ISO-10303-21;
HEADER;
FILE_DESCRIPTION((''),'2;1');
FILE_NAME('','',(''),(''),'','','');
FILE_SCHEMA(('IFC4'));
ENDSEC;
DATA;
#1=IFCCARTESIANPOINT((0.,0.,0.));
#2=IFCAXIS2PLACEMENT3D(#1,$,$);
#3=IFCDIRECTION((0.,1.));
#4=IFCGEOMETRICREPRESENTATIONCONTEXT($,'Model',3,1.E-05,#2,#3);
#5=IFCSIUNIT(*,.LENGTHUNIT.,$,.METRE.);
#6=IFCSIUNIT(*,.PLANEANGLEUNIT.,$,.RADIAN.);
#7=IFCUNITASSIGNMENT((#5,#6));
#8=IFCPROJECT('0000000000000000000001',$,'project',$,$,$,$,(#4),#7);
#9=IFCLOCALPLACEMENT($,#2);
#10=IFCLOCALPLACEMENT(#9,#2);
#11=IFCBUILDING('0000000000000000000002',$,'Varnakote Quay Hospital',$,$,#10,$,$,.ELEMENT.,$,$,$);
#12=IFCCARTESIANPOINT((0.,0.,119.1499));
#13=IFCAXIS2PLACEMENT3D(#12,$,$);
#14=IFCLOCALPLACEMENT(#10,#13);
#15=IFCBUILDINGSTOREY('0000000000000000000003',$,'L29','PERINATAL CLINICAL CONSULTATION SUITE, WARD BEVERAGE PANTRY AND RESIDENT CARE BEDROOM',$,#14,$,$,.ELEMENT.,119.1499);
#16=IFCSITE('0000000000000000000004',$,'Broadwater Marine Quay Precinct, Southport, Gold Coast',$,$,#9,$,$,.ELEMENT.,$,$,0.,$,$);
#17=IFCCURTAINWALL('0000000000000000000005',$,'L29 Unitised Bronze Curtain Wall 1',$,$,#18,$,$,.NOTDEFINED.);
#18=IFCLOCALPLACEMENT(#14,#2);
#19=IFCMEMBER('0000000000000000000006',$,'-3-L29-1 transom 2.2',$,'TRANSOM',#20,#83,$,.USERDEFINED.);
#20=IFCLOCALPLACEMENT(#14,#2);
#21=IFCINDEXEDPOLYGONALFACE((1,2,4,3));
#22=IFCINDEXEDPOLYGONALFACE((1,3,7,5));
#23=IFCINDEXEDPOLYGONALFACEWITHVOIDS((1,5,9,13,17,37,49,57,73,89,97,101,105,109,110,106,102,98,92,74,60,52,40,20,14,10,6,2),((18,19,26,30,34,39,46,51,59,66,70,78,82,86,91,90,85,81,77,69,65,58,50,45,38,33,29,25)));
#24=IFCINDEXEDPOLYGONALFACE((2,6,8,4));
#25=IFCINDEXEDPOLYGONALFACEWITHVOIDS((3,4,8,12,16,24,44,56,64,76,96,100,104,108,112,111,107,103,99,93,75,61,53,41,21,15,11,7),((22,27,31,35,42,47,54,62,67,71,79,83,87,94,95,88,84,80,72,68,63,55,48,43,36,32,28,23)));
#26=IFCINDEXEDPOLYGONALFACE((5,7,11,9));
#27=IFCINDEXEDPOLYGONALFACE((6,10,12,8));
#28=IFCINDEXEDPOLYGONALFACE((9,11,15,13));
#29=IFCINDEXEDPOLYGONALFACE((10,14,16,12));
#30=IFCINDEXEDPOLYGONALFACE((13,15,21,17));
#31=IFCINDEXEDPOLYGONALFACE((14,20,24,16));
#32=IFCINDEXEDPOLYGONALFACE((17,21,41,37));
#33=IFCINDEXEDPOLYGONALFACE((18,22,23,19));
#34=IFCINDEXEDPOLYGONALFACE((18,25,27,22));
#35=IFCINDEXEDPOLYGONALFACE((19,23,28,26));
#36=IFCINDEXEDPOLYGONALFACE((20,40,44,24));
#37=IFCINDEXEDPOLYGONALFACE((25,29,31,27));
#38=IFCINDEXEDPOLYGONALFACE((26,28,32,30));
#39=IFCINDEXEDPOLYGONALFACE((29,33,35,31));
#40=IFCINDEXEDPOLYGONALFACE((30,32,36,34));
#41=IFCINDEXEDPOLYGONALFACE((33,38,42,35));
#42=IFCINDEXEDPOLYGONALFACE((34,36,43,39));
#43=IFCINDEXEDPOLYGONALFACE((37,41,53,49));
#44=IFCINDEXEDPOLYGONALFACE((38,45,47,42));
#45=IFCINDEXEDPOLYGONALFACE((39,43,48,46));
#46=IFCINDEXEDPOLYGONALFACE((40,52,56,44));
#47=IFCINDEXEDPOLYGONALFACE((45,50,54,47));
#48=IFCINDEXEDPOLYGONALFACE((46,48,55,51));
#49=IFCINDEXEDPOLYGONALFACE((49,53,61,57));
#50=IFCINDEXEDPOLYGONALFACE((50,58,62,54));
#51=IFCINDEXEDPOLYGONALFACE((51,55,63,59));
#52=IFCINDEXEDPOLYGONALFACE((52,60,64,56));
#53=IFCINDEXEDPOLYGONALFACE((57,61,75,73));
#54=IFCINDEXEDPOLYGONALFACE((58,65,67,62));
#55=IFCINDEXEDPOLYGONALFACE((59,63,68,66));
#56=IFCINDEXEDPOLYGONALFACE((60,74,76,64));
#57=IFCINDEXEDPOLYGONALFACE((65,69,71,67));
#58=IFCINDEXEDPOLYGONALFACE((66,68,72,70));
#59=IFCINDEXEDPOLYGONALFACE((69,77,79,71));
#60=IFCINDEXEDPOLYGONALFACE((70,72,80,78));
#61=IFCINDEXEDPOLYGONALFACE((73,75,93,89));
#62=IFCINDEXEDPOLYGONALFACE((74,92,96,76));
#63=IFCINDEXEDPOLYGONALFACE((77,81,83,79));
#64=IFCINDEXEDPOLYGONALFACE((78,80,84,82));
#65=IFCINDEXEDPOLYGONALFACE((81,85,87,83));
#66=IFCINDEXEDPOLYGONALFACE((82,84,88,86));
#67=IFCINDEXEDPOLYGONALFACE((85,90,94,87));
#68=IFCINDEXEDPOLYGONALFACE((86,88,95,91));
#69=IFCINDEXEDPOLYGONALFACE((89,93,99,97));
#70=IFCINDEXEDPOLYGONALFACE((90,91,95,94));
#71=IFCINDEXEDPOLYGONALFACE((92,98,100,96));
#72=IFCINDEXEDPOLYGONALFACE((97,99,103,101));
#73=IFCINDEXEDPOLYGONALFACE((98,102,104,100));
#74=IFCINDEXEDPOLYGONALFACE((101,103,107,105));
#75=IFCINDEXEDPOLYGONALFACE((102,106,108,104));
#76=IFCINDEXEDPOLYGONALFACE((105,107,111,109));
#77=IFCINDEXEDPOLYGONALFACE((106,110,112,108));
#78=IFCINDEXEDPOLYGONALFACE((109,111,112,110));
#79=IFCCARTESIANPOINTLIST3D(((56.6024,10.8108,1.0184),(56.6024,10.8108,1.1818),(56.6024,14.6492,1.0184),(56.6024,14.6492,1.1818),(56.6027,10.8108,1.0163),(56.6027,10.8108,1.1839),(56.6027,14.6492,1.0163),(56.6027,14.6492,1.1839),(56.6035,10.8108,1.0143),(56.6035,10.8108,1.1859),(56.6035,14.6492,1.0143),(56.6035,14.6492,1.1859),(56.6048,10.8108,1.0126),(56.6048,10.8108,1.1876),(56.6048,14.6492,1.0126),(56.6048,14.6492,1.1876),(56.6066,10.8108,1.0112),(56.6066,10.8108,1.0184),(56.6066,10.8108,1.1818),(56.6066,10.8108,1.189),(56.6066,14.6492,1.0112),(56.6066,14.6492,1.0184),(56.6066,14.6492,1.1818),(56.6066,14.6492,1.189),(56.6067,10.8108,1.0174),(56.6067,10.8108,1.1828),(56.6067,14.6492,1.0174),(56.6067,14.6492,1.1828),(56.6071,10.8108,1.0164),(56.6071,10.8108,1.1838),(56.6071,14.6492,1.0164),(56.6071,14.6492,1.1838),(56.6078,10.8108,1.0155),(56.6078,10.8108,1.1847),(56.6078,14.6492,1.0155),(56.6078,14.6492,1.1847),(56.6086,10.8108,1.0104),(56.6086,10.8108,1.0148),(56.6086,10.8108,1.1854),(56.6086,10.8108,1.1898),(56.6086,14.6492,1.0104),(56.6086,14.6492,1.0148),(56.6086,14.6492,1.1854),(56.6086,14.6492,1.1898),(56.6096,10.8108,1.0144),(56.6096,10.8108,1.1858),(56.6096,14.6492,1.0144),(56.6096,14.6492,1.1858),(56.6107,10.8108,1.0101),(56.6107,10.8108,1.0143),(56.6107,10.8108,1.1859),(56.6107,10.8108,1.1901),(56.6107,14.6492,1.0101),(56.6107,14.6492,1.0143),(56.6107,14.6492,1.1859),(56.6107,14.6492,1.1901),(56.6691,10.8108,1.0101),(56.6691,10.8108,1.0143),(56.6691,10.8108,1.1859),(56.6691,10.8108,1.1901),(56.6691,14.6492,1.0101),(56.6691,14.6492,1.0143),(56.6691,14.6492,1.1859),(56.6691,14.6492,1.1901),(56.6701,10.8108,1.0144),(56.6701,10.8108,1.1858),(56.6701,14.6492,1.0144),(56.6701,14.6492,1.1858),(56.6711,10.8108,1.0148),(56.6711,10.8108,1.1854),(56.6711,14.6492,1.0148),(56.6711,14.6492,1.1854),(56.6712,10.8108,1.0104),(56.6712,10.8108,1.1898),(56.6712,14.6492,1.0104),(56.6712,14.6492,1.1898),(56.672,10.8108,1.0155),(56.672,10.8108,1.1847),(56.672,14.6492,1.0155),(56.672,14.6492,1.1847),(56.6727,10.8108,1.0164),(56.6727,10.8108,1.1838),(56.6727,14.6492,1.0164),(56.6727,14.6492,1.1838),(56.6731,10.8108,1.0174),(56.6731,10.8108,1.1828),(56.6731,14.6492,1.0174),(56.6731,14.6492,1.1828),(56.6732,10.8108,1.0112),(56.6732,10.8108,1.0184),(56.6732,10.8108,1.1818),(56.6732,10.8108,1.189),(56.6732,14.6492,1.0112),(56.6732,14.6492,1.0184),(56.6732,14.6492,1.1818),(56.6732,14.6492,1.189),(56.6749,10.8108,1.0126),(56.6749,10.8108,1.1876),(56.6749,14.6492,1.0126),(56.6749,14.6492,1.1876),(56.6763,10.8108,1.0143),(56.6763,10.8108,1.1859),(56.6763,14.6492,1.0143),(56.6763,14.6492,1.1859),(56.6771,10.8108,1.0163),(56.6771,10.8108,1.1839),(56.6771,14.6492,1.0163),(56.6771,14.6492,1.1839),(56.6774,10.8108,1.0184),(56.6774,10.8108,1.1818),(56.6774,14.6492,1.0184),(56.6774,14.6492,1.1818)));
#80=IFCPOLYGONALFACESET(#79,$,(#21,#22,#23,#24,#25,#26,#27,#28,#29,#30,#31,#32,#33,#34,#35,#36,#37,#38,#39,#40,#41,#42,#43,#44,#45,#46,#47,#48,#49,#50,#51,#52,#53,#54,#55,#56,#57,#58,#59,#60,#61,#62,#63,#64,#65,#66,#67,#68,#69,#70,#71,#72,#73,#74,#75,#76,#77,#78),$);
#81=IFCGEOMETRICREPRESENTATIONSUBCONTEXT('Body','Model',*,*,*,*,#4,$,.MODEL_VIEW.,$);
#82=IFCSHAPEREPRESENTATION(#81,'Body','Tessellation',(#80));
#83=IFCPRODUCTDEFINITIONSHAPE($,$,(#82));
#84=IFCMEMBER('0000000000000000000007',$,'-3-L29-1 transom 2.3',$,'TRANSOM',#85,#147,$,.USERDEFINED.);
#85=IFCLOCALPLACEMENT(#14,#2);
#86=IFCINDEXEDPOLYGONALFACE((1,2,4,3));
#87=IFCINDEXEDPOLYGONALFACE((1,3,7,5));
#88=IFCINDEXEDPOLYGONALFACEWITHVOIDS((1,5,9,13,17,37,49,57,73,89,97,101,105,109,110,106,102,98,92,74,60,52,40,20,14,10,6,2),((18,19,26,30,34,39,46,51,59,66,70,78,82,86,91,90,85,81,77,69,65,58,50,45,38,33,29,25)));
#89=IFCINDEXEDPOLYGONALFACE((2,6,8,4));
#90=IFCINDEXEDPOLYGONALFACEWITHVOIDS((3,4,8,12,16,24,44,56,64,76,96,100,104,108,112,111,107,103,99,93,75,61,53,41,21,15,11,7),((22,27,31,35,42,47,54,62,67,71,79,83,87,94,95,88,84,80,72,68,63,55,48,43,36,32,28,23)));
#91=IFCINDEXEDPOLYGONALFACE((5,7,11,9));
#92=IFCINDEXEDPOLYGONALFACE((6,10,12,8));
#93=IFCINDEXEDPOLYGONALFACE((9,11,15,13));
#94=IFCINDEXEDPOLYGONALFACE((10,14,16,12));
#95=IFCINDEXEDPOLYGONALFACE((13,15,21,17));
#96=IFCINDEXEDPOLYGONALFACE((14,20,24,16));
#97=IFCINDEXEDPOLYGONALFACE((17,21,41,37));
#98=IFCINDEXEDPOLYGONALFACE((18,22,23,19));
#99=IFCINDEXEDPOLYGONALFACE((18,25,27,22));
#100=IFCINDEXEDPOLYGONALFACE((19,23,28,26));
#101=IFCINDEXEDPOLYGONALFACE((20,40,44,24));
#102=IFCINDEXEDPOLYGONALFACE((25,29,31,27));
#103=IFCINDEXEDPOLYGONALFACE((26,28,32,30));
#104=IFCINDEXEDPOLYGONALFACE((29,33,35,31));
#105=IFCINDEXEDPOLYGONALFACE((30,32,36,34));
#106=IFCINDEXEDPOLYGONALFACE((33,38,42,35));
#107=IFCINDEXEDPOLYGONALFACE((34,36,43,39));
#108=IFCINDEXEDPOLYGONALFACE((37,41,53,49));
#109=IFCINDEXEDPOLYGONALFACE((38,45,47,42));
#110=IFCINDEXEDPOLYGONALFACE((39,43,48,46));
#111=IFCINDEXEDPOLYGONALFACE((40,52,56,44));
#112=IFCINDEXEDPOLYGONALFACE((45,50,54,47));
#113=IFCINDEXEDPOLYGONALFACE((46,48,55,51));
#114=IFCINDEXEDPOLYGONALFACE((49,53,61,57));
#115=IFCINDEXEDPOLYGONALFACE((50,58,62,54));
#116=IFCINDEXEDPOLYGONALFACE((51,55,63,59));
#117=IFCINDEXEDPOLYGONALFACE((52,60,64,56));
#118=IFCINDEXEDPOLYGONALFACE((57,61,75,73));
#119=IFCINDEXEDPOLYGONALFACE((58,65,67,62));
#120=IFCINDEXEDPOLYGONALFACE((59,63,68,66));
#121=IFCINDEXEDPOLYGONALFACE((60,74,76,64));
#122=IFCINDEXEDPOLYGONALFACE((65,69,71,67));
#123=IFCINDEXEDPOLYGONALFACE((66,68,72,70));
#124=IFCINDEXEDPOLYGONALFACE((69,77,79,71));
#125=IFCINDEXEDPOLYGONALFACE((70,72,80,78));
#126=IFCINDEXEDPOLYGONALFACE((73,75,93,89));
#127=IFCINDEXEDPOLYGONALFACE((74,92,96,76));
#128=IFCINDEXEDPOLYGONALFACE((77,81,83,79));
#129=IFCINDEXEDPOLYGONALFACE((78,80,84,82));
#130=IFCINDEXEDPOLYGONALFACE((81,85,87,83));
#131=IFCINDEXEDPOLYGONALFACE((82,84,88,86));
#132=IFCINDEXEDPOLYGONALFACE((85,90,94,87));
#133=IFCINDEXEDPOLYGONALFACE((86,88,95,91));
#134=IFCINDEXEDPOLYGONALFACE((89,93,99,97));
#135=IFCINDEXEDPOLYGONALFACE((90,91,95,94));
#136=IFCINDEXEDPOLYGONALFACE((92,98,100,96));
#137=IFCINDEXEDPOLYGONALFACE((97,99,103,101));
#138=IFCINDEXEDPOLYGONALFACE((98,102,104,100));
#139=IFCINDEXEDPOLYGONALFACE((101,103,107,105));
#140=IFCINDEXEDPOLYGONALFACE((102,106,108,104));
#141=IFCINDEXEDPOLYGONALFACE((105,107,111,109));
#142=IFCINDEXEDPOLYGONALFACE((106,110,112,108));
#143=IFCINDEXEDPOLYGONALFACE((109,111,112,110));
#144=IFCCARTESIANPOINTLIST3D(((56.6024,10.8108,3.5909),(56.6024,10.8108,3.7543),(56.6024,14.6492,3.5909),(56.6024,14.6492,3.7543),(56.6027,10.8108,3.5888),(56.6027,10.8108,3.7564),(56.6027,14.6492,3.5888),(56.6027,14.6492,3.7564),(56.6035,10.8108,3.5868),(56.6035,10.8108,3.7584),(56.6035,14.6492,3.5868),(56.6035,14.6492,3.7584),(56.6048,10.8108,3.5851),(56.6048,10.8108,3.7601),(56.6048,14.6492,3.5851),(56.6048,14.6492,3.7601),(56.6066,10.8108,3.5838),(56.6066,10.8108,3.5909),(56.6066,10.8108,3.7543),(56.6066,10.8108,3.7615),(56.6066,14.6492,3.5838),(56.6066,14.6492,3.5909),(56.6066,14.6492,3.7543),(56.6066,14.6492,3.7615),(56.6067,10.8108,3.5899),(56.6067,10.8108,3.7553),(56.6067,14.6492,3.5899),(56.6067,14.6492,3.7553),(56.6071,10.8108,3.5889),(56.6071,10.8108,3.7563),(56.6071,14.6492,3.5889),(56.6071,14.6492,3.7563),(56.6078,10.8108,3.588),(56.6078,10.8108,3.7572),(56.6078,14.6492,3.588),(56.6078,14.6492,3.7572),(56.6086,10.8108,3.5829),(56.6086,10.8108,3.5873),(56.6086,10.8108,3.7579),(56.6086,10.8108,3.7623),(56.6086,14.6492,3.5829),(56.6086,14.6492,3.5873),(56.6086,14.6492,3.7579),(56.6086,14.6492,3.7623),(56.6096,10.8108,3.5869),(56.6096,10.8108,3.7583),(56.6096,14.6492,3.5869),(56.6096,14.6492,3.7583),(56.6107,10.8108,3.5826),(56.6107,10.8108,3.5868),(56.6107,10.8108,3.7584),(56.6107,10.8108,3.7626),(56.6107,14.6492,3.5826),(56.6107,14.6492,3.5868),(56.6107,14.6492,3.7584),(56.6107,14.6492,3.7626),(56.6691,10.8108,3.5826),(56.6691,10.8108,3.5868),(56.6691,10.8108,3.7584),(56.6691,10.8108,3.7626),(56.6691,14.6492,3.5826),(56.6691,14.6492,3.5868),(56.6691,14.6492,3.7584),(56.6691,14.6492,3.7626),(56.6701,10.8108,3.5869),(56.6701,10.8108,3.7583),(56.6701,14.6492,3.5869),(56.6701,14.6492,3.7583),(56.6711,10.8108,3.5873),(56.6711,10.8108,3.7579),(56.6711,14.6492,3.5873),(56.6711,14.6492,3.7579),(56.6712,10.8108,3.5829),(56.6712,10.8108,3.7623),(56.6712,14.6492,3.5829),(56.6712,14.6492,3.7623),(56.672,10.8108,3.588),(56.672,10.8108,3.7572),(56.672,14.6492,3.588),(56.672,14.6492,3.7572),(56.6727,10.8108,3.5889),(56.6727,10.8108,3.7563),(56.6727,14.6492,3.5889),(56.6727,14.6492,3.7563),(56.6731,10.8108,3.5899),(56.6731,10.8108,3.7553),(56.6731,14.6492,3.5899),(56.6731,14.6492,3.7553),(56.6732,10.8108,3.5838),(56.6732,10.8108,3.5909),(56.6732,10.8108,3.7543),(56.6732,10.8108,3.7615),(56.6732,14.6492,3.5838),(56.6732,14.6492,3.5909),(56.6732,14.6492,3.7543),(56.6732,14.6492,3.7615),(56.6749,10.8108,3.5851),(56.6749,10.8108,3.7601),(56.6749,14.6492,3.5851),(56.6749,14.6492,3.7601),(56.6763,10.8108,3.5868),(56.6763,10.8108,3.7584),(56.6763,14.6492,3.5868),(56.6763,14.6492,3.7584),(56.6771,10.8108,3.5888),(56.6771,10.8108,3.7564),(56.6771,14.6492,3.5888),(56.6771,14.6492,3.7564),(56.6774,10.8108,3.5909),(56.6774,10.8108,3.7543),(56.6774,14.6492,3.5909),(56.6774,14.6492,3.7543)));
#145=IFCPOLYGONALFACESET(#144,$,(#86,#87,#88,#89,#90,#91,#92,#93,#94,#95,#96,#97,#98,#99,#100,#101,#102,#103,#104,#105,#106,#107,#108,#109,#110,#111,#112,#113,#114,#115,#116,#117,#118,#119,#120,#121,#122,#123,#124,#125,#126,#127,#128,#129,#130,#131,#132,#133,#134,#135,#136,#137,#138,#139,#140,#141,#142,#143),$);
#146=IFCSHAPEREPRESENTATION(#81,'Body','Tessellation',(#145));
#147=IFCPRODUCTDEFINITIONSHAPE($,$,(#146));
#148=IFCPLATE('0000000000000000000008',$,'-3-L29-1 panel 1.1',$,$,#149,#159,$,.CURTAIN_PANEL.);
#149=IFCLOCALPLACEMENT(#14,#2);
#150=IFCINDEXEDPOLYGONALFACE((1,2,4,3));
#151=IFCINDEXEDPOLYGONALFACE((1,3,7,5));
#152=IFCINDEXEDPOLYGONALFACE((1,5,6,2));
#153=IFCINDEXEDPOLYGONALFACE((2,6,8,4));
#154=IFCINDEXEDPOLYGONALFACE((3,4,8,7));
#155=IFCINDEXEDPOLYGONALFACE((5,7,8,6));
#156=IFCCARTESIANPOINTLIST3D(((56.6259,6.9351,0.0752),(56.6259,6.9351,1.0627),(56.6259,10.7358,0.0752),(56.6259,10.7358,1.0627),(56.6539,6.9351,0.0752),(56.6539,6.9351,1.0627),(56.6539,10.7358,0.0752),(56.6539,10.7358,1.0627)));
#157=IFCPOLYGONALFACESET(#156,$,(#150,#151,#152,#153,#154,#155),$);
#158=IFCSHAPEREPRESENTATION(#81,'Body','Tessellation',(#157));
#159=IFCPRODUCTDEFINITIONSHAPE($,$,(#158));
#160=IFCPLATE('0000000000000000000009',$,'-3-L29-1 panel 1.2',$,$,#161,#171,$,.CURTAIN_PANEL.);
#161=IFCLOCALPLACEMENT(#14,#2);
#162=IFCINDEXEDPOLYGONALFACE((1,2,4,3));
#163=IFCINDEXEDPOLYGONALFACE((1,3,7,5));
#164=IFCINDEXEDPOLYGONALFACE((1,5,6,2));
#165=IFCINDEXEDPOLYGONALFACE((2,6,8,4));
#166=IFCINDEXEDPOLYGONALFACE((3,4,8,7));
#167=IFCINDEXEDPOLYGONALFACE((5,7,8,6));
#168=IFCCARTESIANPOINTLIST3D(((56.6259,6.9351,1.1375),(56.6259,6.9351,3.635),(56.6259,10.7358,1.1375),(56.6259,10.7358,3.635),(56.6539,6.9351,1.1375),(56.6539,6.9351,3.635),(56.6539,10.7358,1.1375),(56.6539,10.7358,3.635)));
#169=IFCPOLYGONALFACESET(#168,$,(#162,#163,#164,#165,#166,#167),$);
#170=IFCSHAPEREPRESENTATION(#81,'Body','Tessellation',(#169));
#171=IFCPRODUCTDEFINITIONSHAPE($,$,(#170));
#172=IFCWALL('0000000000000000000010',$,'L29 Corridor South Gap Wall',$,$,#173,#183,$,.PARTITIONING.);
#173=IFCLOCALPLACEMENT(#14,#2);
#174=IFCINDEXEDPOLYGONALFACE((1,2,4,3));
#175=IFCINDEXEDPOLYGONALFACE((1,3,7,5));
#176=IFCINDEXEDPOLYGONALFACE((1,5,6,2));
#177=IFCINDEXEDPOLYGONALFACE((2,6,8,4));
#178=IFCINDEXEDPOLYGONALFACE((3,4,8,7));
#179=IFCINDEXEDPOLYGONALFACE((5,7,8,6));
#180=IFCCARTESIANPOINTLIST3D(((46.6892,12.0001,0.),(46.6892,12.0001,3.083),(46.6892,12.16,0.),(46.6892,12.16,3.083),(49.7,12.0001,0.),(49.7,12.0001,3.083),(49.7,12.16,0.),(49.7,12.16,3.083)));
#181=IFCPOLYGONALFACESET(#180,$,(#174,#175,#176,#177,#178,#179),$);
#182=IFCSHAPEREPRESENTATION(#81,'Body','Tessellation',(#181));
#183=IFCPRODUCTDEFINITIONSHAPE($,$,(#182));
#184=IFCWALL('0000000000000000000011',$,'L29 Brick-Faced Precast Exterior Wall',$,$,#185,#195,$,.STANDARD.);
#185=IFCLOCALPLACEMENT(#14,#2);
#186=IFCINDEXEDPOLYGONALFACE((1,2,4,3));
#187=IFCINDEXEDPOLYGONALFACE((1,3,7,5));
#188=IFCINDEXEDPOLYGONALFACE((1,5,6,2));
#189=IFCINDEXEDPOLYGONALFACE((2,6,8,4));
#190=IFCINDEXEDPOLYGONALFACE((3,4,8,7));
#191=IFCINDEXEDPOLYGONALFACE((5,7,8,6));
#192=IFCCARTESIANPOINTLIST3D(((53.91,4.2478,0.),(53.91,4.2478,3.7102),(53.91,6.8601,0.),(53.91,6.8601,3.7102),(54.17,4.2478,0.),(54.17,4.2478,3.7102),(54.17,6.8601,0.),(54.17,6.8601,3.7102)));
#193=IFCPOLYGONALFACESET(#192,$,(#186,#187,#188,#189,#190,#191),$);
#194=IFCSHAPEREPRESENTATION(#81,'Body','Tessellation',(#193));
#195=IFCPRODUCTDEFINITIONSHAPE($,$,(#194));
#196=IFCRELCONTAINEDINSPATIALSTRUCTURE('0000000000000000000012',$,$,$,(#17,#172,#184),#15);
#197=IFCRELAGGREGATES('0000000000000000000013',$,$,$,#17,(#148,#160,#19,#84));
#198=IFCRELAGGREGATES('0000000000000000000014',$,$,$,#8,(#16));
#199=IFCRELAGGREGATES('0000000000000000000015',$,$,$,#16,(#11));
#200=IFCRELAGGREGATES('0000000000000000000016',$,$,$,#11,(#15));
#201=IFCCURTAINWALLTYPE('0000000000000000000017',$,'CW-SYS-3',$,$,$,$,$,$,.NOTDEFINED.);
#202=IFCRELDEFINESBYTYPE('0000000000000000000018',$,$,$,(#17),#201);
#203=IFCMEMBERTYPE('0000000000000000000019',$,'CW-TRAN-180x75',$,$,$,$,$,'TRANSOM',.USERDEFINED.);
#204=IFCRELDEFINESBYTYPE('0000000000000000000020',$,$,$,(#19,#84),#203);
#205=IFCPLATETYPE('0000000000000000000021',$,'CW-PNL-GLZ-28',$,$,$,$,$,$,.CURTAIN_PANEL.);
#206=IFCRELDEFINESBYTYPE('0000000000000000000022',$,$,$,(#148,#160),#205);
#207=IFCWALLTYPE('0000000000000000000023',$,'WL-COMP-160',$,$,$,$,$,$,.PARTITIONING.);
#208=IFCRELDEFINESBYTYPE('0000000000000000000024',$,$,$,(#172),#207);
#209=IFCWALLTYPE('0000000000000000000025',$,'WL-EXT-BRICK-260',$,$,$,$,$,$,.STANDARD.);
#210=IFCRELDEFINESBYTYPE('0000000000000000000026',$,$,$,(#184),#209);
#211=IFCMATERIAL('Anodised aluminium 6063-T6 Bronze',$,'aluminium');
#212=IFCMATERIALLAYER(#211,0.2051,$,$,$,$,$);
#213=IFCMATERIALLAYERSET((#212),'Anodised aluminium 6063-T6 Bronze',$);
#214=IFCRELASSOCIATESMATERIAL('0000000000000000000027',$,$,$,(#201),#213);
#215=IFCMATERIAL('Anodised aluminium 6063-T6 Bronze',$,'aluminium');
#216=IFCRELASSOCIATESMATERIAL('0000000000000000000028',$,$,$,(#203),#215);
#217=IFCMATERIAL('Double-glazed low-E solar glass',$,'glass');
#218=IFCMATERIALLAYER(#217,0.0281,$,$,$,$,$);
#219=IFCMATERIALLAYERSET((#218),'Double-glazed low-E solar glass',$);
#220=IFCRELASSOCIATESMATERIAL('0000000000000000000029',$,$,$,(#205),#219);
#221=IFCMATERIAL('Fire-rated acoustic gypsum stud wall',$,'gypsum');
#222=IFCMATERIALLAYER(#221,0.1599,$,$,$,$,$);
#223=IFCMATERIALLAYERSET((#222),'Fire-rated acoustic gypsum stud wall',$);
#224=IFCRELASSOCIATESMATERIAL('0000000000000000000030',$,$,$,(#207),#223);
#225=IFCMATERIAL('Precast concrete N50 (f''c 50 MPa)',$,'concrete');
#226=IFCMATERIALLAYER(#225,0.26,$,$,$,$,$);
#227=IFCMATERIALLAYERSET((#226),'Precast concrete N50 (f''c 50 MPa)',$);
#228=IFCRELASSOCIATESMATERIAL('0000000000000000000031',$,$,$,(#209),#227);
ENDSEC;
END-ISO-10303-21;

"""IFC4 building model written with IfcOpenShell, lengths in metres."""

from ifc_helpers import new_model, si_unit, direction, frame, frame_2d, origin, origin_2d, place, context, subcontext, project, spatial, rectangle, hollow_rectangle, extrude, material, layer, layer_set, material_profile, profile_set, type_object, element, aggregate, save


model = new_model("IFC4")

# Units and contexts
model_context = context("Model", 3, precision=1e-05, world=origin(), true_north=direction((0.0, 1.0)))
body_context = subcontext(model_context, "Body", "Model", "MODEL_VIEW")
ifc_project = project(units=[si_unit("LENGTHUNIT", "METRE"), si_unit("PLANEANGLEUNIT", "RADIAN")], contexts=[model_context])

# Site, building, storey
site_placement = place(None, origin())
site = spatial("IfcSite", under=ifc_project, at=site_placement, Name="Broadwater Marine Quay Precinct, Southport, Gold Coast", CompositionType="ELEMENT", RefElevation=0.0)
building_placement = place(site_placement, origin())
building = spatial("IfcBuilding", under=site, at=building_placement, Name="Varnakote Quay Hospital", CompositionType="ELEMENT")
storey_placement = place(building_placement, frame((0.0, 0.0, 119.1499)))
storey = spatial("IfcBuildingStorey", under=building, at=storey_placement, Name="L29", Description="PERINATAL CLINICAL CONSULTATION SUITE, WARD BEVERAGE PANTRY AND RESIDENT CARE BEDROOM", CompositionType="ELEMENT", Elevation=119.1499)

# Curtain wall, members, plates
ifc_material_1 = material(Name="Anodised aluminium 6063-T6 Bronze", Category="aluminium")
ifc_layer_1 = layer(ifc_material_1, 0.2051)
ifc_layer_set_1 = layer_set([ifc_layer_1], Name="Anodised aluminium 6063-T6 Bronze")
curtain_wall_type = type_object("IfcCurtainWallType", Name="CW-SYS-3", PredefinedType="NOTDEFINED", material=ifc_layer_set_1)
curtain_wall_placement = place(storey_placement, origin())
curtain_wall = element("IfcCurtainWall", 1, at=curtain_wall_placement, inside=storey, type_object=curtain_wall_type, Name="L29 Unitised Bronze Curtain Wall 1", PredefinedType="NOTDEFINED")
ifc_material_2 = material(Name="Anodised aluminium 6063-T6 Bronze", Category="aluminium")
ifc_material_profile_1 = material_profile(ifc_material_2, hollow_rectangle(XDim=0.075, YDim=0.1799, WallThickness=0.0042, InnerFilletRadius=0.0042, OuterFilletRadius=0.0083, at=origin_2d()), Name="CW-TRAN-180x75")
ifc_profile_set_1 = profile_set([ifc_material_profile_1], Name="Anodised aluminium 6063-T6 Bronze")
member_type_1 = type_object("IfcMemberType", Name="CW-TRAN-180x75", ElementType="TRANSOM", PredefinedType="USERDEFINED", material=ifc_profile_set_1)
member_1_placement = place(storey_placement, frame((56.6399, 10.8108, 1.1001), z_axis=(0.0, 1.0, 0.0), x_axis=(-1.0, 0.0, 0.0)))
member_1 = element("IfcMember", 2, at=member_1_placement, type_object=member_type_1, Name="-3-L29-1 transom 2.2", ObjectType="TRANSOM", PredefinedType="USERDEFINED", context=body_context, shape_type="SweptSolid", body=[
    extrude(hollow_rectangle(XDim=0.075, YDim=0.1799, WallThickness=0.0042, InnerFilletRadius=0.0042, OuterFilletRadius=0.0083, at=origin_2d()), origin(), (0.0, 0.0, 1.0), 3.8384),
])
member_2_placement = place(storey_placement, frame((56.6399, 10.8108, 3.6726), z_axis=(0.0, 1.0, 0.0), x_axis=(-1.0, 0.0, 0.0)))
member_2 = element("IfcMember", 3, at=member_2_placement, type_object=member_type_1, Name="-3-L29-1 transom 2.3", ObjectType="TRANSOM", PredefinedType="USERDEFINED", context=body_context, shape_type="SweptSolid", body=[
    extrude(hollow_rectangle(XDim=0.075, YDim=0.1799, WallThickness=0.0042, InnerFilletRadius=0.0042, OuterFilletRadius=0.0083, at=origin_2d()), origin(), (0.0, 0.0, 1.0), 3.8384),
])
ifc_material_3 = material(Name="Double-glazed low-E solar glass", Category="glass")
ifc_layer_2 = layer(ifc_material_3, 0.0281)
ifc_layer_set_2 = layer_set([ifc_layer_2], Name="Double-glazed low-E solar glass")
plate_type = type_object("IfcPlateType", Name="CW-PNL-GLZ-28", PredefinedType="CURTAIN_PANEL", material=ifc_layer_set_2)
plate_1_placement = place(storey_placement, frame((56.6399, 8.8354, 0.0752), z_axis=(0.0, 0.0, 1.0), x_axis=(0.0, 1.0, 0.0)))
plate_1 = element("IfcPlate", 4, at=plate_1_placement, type_object=plate_type, Name="-3-L29-1 panel 1.1", PredefinedType="CURTAIN_PANEL", context=body_context, shape_type="SweptSolid", body=[
    extrude(rectangle(XDim=3.8008, YDim=0.0281, at=origin_2d()), origin(), (0.0, 0.0, 1.0), 0.9875),
])
plate_2_placement = place(storey_placement, frame((56.6399, 8.8354, 1.1375), z_axis=(0.0, 0.0, 1.0), x_axis=(0.0, 1.0, 0.0)))
plate_2 = element("IfcPlate", 5, at=plate_2_placement, type_object=plate_type, Name="-3-L29-1 panel 1.2", PredefinedType="CURTAIN_PANEL", context=body_context, shape_type="SweptSolid", body=[
    extrude(rectangle(XDim=3.8008, YDim=0.0281, at=origin_2d()), origin(), (0.0, 0.0, 1.0), 2.4976),
])
aggregate(curtain_wall, [plate_1, plate_2, member_1, member_2])

# Walls
ifc_material_4 = material(Name="Fire-rated acoustic gypsum stud wall", Category="gypsum")
ifc_layer_3 = layer(ifc_material_4, 0.1599)
ifc_layer_set_3 = layer_set([ifc_layer_3], Name="Fire-rated acoustic gypsum stud wall")
wall_type_1 = type_object("IfcWallType", Name="WL-COMP-160", PredefinedType="PARTITIONING", material=ifc_layer_set_3)
wall_1_placement = place(storey_placement, frame((46.6892, 12.0801, 0.0), z_axis=(0.0, 0.0, 1.0), x_axis=(1.0, 0.0, 0.0)))
element("IfcWall", 6, at=wall_1_placement, inside=storey, type_object=wall_type_1, Name="L29 Corridor South Gap Wall", PredefinedType="PARTITIONING", context=body_context, shape_type="SweptSolid", body=[
    extrude(rectangle(XDim=3.0107, YDim=0.1599, at=frame_2d((1.5054, 0.0))), origin(), (0.0, 0.0, 1.0), 3.083),
])
ifc_material_5 = material(Name="Precast concrete N50 (f'c 50 MPa)", Category="concrete")
ifc_layer_4 = layer(ifc_material_5, 0.26)
ifc_layer_set_4 = layer_set([ifc_layer_4], Name="Precast concrete N50 (f'c 50 MPa)")
wall_type_2 = type_object("IfcWallType", Name="WL-EXT-BRICK-260", PredefinedType="STANDARD", material=ifc_layer_set_4)
wall_2_placement = place(storey_placement, frame((54.04, 4.2478, 0.0), z_axis=(0.0, 0.0, 1.0), x_axis=(0.0, 1.0, 0.0)))
element("IfcWall", 7, at=wall_2_placement, inside=storey, type_object=wall_type_2, Name="L29 Brick-Faced Precast Exterior Wall", PredefinedType="STANDARD", context=body_context, shape_type="SweptSolid", body=[
    extrude(rectangle(XDim=2.6123, YDim=0.26, at=frame_2d((1.3062, 0.0))), origin(), (0.0, 0.0, 1.0), 3.7102),
])

save(model, "model.ifc")
